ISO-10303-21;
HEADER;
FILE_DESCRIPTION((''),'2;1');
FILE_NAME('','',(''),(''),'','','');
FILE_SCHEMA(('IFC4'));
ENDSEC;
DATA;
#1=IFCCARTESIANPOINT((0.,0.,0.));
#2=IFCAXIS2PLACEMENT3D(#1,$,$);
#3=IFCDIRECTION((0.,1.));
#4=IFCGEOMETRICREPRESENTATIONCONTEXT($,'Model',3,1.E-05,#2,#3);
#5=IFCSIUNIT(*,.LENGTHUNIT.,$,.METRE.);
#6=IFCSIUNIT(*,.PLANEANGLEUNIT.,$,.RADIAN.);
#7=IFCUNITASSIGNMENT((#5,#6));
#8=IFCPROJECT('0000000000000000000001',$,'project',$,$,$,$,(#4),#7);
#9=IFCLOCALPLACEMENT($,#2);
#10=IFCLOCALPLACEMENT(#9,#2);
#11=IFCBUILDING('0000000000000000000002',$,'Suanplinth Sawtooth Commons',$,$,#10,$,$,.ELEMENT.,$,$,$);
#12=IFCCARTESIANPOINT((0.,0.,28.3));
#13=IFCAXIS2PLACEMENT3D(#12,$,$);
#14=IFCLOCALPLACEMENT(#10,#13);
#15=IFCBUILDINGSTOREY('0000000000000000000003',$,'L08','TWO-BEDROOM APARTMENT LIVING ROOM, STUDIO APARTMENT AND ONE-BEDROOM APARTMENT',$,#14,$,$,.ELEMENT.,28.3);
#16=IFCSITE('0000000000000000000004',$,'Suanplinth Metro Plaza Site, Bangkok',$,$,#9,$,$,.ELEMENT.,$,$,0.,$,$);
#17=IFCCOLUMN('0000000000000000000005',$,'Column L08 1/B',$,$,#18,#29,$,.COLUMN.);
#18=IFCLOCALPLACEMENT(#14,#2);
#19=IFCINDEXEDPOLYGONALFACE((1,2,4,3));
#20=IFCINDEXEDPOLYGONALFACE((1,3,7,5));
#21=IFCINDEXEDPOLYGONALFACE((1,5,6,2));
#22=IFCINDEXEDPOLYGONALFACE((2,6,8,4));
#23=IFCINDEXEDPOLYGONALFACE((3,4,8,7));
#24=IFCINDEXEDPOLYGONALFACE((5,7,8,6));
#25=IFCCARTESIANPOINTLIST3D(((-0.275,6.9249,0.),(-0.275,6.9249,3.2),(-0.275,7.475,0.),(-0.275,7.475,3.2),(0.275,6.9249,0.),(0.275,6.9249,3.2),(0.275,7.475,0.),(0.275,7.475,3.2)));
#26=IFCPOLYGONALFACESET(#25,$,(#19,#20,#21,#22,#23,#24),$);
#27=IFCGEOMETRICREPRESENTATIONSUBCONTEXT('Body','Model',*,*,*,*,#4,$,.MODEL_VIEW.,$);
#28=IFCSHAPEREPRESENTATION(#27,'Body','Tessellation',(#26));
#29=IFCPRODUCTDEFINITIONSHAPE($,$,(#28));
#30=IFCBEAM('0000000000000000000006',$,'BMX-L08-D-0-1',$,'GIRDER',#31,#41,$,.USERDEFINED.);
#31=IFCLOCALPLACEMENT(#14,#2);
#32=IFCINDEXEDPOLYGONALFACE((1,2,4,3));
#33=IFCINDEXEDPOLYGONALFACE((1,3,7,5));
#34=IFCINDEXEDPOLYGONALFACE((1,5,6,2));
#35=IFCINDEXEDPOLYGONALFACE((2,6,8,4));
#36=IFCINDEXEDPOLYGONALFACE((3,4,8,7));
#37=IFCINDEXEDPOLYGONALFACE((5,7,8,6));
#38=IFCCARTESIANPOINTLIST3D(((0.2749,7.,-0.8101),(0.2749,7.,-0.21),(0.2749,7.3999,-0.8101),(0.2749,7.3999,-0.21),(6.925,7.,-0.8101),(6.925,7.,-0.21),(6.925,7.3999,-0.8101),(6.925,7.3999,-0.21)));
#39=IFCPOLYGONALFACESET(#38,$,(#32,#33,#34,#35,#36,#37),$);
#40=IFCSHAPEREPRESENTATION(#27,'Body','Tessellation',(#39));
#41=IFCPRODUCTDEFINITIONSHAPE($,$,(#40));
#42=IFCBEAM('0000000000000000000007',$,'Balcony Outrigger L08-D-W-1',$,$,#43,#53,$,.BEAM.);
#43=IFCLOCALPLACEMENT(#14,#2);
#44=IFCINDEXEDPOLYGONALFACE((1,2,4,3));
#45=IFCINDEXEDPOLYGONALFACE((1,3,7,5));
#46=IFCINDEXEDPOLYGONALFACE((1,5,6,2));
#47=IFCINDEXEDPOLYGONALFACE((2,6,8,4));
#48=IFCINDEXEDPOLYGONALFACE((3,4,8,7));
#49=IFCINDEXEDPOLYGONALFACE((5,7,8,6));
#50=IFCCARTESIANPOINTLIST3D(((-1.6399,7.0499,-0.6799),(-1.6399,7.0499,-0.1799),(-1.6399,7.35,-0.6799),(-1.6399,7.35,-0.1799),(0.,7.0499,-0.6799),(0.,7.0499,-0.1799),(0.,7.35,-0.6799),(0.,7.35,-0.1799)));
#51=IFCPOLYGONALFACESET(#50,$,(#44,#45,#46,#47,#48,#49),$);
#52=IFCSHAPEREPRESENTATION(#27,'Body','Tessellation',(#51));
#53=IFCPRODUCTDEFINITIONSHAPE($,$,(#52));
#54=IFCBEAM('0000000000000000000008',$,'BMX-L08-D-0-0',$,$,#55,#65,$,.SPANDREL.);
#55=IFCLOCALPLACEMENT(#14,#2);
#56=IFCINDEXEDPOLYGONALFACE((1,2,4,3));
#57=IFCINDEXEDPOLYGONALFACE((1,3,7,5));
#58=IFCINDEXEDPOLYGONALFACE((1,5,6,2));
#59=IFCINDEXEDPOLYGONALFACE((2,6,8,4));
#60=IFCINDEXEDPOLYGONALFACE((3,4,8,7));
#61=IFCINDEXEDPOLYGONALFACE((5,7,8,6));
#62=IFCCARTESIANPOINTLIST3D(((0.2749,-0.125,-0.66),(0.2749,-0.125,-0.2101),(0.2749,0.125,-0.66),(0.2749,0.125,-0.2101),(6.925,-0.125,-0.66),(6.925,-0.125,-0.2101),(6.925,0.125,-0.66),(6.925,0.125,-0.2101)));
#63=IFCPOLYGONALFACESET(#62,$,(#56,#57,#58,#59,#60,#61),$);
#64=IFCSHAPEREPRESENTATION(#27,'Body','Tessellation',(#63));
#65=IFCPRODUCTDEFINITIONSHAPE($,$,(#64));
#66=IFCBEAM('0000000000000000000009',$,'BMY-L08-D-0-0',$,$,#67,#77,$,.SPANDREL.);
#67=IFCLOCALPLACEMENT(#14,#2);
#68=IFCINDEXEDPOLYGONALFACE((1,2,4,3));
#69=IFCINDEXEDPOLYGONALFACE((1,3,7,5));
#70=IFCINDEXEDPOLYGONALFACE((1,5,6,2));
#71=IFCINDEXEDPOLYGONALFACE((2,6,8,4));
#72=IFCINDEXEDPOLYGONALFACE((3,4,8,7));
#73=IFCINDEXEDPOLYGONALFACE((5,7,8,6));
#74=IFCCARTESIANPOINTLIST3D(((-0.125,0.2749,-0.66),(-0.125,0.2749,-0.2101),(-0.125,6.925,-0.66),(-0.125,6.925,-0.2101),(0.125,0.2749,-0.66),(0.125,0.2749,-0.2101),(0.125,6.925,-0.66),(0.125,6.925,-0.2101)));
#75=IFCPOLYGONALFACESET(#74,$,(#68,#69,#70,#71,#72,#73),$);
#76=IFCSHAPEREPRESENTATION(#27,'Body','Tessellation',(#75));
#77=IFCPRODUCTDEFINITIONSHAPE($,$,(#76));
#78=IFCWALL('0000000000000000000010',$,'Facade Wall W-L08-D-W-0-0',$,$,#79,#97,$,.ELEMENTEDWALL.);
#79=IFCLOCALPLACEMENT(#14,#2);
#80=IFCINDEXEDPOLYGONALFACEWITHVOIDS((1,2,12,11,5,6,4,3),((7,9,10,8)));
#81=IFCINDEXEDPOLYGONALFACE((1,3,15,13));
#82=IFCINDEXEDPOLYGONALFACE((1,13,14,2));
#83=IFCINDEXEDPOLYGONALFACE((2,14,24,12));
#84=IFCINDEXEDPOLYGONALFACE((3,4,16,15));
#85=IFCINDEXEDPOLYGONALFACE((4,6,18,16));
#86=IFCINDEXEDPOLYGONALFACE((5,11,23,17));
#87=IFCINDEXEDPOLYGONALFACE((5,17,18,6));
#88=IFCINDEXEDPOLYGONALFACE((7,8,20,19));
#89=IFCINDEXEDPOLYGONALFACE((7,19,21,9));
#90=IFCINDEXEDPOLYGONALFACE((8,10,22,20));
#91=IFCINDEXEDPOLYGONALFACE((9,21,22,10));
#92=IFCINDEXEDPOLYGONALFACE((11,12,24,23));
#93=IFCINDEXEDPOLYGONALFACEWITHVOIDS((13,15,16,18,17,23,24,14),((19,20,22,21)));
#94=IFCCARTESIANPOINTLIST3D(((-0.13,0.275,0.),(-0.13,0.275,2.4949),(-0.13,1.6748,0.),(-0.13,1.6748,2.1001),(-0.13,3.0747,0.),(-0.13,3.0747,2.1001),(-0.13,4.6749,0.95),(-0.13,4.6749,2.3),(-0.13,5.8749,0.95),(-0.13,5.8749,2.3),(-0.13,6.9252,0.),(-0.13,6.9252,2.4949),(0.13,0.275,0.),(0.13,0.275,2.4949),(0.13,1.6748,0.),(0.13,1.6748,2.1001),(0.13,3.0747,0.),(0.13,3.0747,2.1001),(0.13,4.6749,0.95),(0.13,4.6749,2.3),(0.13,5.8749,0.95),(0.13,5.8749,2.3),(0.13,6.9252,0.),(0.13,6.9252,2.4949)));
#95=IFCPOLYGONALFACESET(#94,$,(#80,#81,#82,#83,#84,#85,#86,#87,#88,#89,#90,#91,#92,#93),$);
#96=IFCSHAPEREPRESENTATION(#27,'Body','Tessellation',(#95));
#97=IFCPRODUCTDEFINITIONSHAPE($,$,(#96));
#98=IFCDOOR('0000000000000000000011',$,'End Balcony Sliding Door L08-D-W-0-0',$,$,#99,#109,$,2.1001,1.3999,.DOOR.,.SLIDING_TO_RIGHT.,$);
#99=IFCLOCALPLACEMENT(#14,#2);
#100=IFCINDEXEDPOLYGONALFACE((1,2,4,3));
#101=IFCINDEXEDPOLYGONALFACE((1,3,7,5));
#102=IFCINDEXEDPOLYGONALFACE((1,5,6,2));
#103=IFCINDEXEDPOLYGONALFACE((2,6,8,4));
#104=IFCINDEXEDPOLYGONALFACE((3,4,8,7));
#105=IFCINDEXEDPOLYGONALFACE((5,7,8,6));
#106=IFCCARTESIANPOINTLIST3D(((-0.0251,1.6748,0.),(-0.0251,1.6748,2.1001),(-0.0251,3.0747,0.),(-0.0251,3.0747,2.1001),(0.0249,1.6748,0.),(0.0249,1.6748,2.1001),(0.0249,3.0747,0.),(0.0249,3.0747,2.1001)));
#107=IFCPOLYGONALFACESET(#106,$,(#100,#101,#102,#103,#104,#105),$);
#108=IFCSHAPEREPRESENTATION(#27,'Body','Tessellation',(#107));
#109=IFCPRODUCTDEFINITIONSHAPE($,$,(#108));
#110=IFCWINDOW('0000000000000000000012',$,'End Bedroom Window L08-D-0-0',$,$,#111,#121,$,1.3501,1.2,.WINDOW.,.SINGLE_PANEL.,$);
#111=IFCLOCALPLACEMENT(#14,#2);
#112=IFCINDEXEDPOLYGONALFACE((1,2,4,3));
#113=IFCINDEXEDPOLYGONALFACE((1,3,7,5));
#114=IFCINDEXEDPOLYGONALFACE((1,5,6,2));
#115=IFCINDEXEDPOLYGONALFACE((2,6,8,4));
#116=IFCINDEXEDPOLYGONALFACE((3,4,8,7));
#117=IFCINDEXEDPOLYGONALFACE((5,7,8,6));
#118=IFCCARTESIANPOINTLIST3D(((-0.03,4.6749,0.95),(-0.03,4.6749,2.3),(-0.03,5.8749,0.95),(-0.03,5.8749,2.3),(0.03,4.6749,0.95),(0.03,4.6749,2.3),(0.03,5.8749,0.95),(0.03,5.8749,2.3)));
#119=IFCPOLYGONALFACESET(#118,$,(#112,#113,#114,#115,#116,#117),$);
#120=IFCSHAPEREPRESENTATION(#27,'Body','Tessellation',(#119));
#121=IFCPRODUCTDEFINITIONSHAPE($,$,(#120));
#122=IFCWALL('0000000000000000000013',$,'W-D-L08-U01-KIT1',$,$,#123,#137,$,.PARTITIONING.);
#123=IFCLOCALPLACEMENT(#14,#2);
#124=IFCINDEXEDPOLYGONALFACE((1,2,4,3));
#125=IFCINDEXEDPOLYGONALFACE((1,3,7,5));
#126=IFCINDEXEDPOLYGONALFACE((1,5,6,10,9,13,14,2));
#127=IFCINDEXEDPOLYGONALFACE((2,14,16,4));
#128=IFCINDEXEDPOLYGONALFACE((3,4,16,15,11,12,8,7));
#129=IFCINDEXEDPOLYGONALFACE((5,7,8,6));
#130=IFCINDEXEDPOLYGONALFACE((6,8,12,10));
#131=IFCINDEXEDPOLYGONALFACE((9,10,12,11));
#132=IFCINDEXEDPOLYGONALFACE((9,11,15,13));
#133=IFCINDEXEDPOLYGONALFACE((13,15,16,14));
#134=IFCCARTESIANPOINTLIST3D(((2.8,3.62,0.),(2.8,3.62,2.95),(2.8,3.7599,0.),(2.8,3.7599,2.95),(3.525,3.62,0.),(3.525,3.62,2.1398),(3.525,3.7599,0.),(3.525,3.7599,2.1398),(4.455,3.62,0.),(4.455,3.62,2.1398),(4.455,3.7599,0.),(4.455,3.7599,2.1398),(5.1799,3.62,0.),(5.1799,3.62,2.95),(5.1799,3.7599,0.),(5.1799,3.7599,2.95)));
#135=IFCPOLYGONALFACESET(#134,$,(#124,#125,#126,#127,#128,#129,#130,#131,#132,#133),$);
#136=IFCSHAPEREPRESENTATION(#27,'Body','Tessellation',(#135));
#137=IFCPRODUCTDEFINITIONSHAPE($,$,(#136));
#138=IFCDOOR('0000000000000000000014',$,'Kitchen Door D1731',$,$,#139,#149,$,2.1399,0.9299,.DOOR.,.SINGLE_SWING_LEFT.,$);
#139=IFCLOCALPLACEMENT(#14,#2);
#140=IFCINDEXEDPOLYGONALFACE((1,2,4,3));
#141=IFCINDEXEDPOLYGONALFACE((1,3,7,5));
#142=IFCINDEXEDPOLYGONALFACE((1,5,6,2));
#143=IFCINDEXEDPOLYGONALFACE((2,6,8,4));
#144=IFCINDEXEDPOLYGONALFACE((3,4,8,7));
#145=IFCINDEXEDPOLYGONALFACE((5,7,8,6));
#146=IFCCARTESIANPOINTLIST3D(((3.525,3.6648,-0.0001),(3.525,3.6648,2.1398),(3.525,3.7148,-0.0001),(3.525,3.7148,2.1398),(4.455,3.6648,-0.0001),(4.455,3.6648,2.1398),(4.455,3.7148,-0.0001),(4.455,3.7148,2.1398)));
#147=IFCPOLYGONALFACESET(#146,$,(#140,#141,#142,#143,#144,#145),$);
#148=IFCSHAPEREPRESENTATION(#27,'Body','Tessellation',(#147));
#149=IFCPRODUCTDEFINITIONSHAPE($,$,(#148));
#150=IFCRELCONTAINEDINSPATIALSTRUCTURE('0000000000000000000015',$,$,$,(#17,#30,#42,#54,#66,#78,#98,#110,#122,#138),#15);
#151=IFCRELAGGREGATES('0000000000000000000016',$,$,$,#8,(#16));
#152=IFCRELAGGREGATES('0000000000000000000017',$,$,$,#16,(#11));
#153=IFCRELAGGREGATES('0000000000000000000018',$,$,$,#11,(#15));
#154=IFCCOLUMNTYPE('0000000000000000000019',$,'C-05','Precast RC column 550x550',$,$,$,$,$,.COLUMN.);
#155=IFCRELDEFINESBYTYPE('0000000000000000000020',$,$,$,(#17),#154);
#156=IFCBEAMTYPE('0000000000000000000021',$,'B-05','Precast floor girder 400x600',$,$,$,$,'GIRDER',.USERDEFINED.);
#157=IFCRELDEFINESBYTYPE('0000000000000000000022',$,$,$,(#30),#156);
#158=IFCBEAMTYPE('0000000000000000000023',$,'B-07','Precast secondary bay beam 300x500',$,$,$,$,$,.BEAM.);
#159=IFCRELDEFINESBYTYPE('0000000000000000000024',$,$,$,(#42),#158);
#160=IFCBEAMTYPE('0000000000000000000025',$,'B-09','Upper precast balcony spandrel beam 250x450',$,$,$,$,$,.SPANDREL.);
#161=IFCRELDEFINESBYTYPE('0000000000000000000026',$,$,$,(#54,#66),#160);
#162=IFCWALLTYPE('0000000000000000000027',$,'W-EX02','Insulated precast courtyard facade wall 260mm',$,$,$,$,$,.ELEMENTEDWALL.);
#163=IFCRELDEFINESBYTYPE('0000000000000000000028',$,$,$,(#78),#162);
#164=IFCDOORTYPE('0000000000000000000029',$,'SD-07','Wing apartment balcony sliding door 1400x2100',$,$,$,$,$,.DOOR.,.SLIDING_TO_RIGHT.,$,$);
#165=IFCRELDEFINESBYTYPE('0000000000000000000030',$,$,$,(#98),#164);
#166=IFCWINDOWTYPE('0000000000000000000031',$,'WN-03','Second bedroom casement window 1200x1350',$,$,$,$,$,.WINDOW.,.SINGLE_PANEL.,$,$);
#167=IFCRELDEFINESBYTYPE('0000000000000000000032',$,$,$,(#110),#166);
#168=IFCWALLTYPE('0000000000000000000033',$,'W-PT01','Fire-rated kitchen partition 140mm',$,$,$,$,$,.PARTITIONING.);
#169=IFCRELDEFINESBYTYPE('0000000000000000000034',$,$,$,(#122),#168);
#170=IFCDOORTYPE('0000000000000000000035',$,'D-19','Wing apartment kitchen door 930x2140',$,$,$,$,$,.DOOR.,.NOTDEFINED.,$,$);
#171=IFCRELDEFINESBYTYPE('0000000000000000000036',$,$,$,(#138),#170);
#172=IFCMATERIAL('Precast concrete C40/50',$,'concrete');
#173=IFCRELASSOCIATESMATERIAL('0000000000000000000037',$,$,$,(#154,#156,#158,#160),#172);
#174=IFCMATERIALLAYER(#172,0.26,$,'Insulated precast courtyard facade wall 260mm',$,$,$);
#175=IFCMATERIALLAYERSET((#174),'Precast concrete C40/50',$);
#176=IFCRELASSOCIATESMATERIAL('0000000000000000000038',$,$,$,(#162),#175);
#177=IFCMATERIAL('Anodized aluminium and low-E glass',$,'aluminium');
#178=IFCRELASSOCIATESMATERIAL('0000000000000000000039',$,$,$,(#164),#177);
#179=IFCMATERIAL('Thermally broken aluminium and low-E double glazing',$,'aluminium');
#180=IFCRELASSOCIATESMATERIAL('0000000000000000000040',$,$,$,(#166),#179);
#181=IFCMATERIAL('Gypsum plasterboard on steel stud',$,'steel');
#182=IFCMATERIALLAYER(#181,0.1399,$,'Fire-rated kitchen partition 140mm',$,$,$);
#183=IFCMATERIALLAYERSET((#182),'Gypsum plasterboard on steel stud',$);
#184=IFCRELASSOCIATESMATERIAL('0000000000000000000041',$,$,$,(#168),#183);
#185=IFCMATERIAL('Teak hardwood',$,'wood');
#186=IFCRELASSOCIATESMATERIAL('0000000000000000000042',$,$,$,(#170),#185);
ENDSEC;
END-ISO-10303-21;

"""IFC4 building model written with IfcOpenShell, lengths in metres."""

from ifc_helpers import new_model, si_unit, direction, frame, frame_2d, origin, origin_2d, place, context, subcontext, project, spatial, rectangle, extrude, material, layer, layer_set, material_profile, profile_set, type_object, element, fill, save


model = new_model("IFC4")

# Units and contexts
model_context = context("Model", 3, precision=1e-05, world=origin(), true_north=direction((0.0, 1.0)))
body_context = subcontext(model_context, "Body", "Model", "MODEL_VIEW")
ifc_project = project(units=[si_unit("LENGTHUNIT", "METRE"), si_unit("PLANEANGLEUNIT", "RADIAN")], contexts=[model_context])

# Site, building, storey
site_placement = place(None, origin())
site = spatial("IfcSite", under=ifc_project, at=site_placement, Name="Suanplinth Metro Plaza Site, Bangkok", CompositionType="ELEMENT", RefElevation=0.0)
building_placement = place(site_placement, origin())
building = spatial("IfcBuilding", under=site, at=building_placement, Name="Suanplinth Sawtooth Commons", CompositionType="ELEMENT")
storey_placement = place(building_placement, frame((0.0, 0.0, 28.3)))
storey = spatial("IfcBuildingStorey", under=building, at=storey_placement, Name="L08", Description="TWO-BEDROOM APARTMENT LIVING ROOM, STUDIO APARTMENT AND ONE-BEDROOM APARTMENT", CompositionType="ELEMENT", Elevation=28.3)

# Column
ifc_material_1 = material(Name="Precast concrete C40/50", Category="concrete")
ifc_material_profile_1 = material_profile(ifc_material_1, rectangle(XDim=0.55, YDim=0.55, at=origin_2d()), Name="PC-COL 550x550")
ifc_profile_set_1 = profile_set([ifc_material_profile_1], Name="Precast concrete C40/50")
column_type = type_object("IfcColumnType", Name="C-05", Description="Precast RC column 550x550", PredefinedType="COLUMN", material=ifc_profile_set_1)
column_placement = place(storey_placement, frame((0.0, 7.2, 0.0), z_axis=(0.0, 0.0, 1.0), x_axis=(1.0, 0.0, 0.0)))
element("IfcColumn", 1, at=column_placement, inside=storey, type_object=column_type, Name="Column L08 1/B", PredefinedType="COLUMN", context=body_context, shape_type="SweptSolid", body=[
    extrude(rectangle(XDim=0.55, YDim=0.55, at=origin_2d()), origin(), (0.0, 0.0, 1.0), 3.2),
])

# Beams
ifc_material_profile_2 = material_profile(ifc_material_1, rectangle(XDim=0.3999, YDim=0.6001, at=origin_2d()), Name="PC-GDR 400x600")
ifc_profile_set_2 = profile_set([ifc_material_profile_2], Name="Precast concrete C40/50")
beam_type_1 = type_object("IfcBeamType", Name="B-05", Description="Precast floor girder 400x600", ElementType="GIRDER", PredefinedType="USERDEFINED", material=ifc_profile_set_2)
beam_1_placement = place(storey_placement, frame((0.2749, 7.2, -0.51), z_axis=(1.0, 0.0, 0.0), x_axis=(0.0, 1.0, 0.0)))
element("IfcBeam", 2, at=beam_1_placement, inside=storey, type_object=beam_type_1, Name="BMX-L08-D-0-1", ObjectType="GIRDER", PredefinedType="USERDEFINED", context=body_context, shape_type="SweptSolid", body=[
    extrude(rectangle(XDim=0.3999, YDim=0.6001, at=origin_2d()), origin(), (0.0, 0.0, 1.0), 6.6501),
])
ifc_material_profile_3 = material_profile(ifc_material_1, rectangle(XDim=0.3, YDim=0.5, at=origin_2d()), Name="PC-BM 300x500")
ifc_profile_set_3 = profile_set([ifc_material_profile_3], Name="Precast concrete C40/50")
beam_type_2 = type_object("IfcBeamType", Name="B-07", Description="Precast secondary bay beam 300x500", PredefinedType="BEAM", material=ifc_profile_set_3)
beam_2_placement = place(storey_placement, frame((0.0, 7.2, -0.4299), z_axis=(-1.0, 0.0, 0.0), x_axis=(0.0, -1.0, 0.0)))
element("IfcBeam", 3, at=beam_2_placement, inside=storey, type_object=beam_type_2, Name="Balcony Outrigger L08-D-W-1", PredefinedType="BEAM", context=body_context, shape_type="SweptSolid", body=[
    extrude(rectangle(XDim=0.3, YDim=0.5, at=origin_2d()), origin(), (0.0, 0.0, 1.0), 1.6399),
])
ifc_material_profile_4 = material_profile(ifc_material_1, rectangle(XDim=0.25, YDim=0.45, at=origin_2d()), Name="PC-SP 250x450")
ifc_profile_set_4 = profile_set([ifc_material_profile_4], Name="Precast concrete C40/50")
beam_type_3 = type_object("IfcBeamType", Name="B-09", Description="Upper precast balcony spandrel beam 250x450", PredefinedType="SPANDREL", material=ifc_profile_set_4)
for number, where, z_axis, x_axis, name in (
    (4, (0.2749, 0.0, -0.4351), (1.0, 0.0, 0.0), (0.0, 1.0, 0.0), "BMX-L08-D-0-0"),
    (5, (0.0, 0.2749, -0.4351), (0.0, 1.0, 0.0), (-1.0, 0.0, 0.0), "BMY-L08-D-0-0"),
):
    element("IfcBeam", number, at=place(storey_placement, frame(where, z_axis=z_axis, x_axis=x_axis)), inside=storey, type_object=beam_type_3, Name=name, PredefinedType="SPANDREL", context=body_context, shape_type="SweptSolid", body=[
        extrude(rectangle(XDim=0.25, YDim=0.45, at=origin_2d()), origin(), (0.0, 0.0, 1.0), 6.6501),
    ])

# Wall, openings, door, window
ifc_layer_1 = layer(ifc_material_1, 0.26, Name="Insulated precast courtyard facade wall 260mm")
ifc_layer_set_1 = layer_set([ifc_layer_1], Name="Precast concrete C40/50")
wall_type_1 = type_object("IfcWallType", Name="W-EX02", Description="Insulated precast courtyard facade wall 260mm", PredefinedType="ELEMENTEDWALL", material=ifc_layer_set_1)
ifc_material_2 = material(Name="Anodized aluminium and low-E glass", Category="aluminium")
ifc_material_3 = material(Name="Thermally broken aluminium and low-E double glazing", Category="aluminium")
wall_1_placement = place(storey_placement, frame((0.0, 0.2749, 0.0), z_axis=(0.0, 0.0, 1.0), x_axis=(0.0, 1.0, 0.0)))
wall_1 = element("IfcWall", 6, at=wall_1_placement, inside=storey, type_object=wall_type_1, Name="Facade Wall W-L08-D-W-0-0", PredefinedType="ELEMENTEDWALL", context=body_context, shape_type="SweptSolid", body=[
    extrude(rectangle(XDim=6.6501, YDim=0.26, at=frame_2d((3.3252, 0.0))), origin(), (0.0, 0.0, 1.0), 2.4949),
])
opening_1_placement = place(wall_1_placement, frame((1.3999, 0.0, 0.0)))
opening_1 = element("IfcOpeningElement", 7, at=opening_1_placement, cuts=wall_1, PredefinedType="OPENING", context=body_context, shape_type="SweptSolid", body=[
    extrude(rectangle(XDim=1.3999, YDim=2.1001, at=frame_2d((0.7, 1.05))), frame((0.0, 0.145, 0.0), z_axis=(0.0, -1.0, 0.0), x_axis=(1.0, 0.0, 0.0)), (0.0, 0.0, 1.0), 0.2898),
])
opening_2_placement = place(wall_1_placement, frame((4.3999, 0.0, 0.95)))
opening_2 = element("IfcOpeningElement", 8, at=opening_2_placement, cuts=wall_1, PredefinedType="OPENING", context=body_context, shape_type="SweptSolid", body=[
    extrude(rectangle(XDim=1.2, YDim=1.3501, at=frame_2d((0.6001, 0.675))), frame((0.0, 0.145, 0.0), z_axis=(0.0, -1.0, 0.0), x_axis=(1.0, 0.0, 0.0)), (0.0, 0.0, 1.0), 0.2898),
])
door_type_1 = type_object("IfcDoorType", Name="SD-07", Description="Wing apartment balcony sliding door 1400x2100", OperationType="SLIDING_TO_RIGHT", PredefinedType="DOOR", material=ifc_material_2)
door_1_placement = place(opening_1_placement, frame((1.3999, 0.0, 0.0), z_axis=(0.0, 0.0, 1.0), x_axis=(-1.0, 0.0, 0.0)))
door_1 = element("IfcDoor", 9, at=door_1_placement, inside=storey, type_object=door_type_1, Name="End Balcony Sliding Door L08-D-W-0-0", OperationType="SLIDING_TO_RIGHT", OverallHeight=2.1001, OverallWidth=1.3999, PredefinedType="DOOR", context=body_context, shape_type="SweptSolid", body=[
    extrude(rectangle(XDim=1.3999, YDim=2.1001, at=frame_2d((0.7, 1.05))), frame((0.0, 0.0249, 0.0), z_axis=(0.0, -1.0, 0.0), x_axis=(1.0, 0.0, 0.0)), (0.0, 0.0, 1.0), 0.05),
])
fill(opening_1, door_1)
window_type_1 = type_object("IfcWindowType", Name="WN-03", Description="Second bedroom casement window 1200x1350", PartitioningType="SINGLE_PANEL", PredefinedType="WINDOW", material=ifc_material_3)
window_1_placement = place(opening_2_placement, origin())
window_1 = element("IfcWindow", 10, at=window_1_placement, inside=storey, type_object=window_type_1, Name="End Bedroom Window L08-D-0-0", OverallHeight=1.3501, OverallWidth=1.2, PartitioningType="SINGLE_PANEL", PredefinedType="WINDOW", context=body_context, shape_type="SweptSolid", body=[
    extrude(rectangle(XDim=1.2, YDim=1.3501, at=frame_2d((0.6001, 0.675))), frame((0.0, 0.03, 0.0), z_axis=(0.0, -1.0, 0.0), x_axis=(1.0, 0.0, 0.0)), (0.0, 0.0, 1.0), 0.0601),
])
fill(opening_2, window_1)

# Wall, opening, door
ifc_material_4 = material(Name="Gypsum plasterboard on steel stud", Category="steel")
ifc_layer_2 = layer(ifc_material_4, 0.1399, Name="Fire-rated kitchen partition 140mm")
ifc_layer_set_2 = layer_set([ifc_layer_2], Name="Gypsum plasterboard on steel stud")
wall_type_2 = type_object("IfcWallType", Name="W-PT01", Description="Fire-rated kitchen partition 140mm", PredefinedType="PARTITIONING", material=ifc_layer_set_2)
wall_2_placement = place(storey_placement, frame((2.8, 3.6899, 0.0), z_axis=(0.0, 0.0, 1.0), x_axis=(1.0, 0.0, 0.0)))
wall_2 = element("IfcWall", 11, at=wall_2_placement, inside=storey, type_object=wall_type_2, Name="W-D-L08-U01-KIT1", PredefinedType="PARTITIONING", context=body_context, shape_type="SweptSolid", body=[
    extrude(rectangle(XDim=2.3799, YDim=0.1399, at=frame_2d((1.1899, 0.0))), origin(), (0.0, 0.0, 1.0), 2.95),
])
opening_3_placement = place(wall_2_placement, frame((0.7251, 0.0, 0.0)))
opening_3 = element("IfcOpeningElement", 12, at=opening_3_placement, cuts=wall_2, PredefinedType="OPENING", context=body_context, shape_type="SweptSolid", body=[
    extrude(rectangle(XDim=0.9299, YDim=2.1399, at=frame_2d((0.4648, 1.0698))), frame((0.0, 0.085, 0.0), z_axis=(0.0, -1.0, 0.0), x_axis=(1.0, 0.0, 0.0)), (0.0, 0.0, 1.0), 0.1697),
])
ifc_material_5 = material(Name="Teak hardwood", Category="wood")
door_type_2 = type_object("IfcDoorType", Name="D-19", Description="Wing apartment kitchen door 930x2140", OperationType="NOTDEFINED", PredefinedType="DOOR", material=ifc_material_5)
door_2_placement = place(opening_3_placement, origin())
door_2 = element("IfcDoor", 13, at=door_2_placement, inside=storey, type_object=door_type_2, Name="Kitchen Door D1731", OperationType="SINGLE_SWING_LEFT", OverallHeight=2.1399, OverallWidth=0.9299, PredefinedType="DOOR", context=body_context, shape_type="SweptSolid", body=[
    extrude(rectangle(XDim=0.9299, YDim=2.1399, at=frame_2d((0.4648, 1.0698))), frame((0.0, 0.0249, 0.0), z_axis=(0.0, -1.0, 0.0), x_axis=(1.0, 0.0, 0.0)), (0.0, 0.0, 1.0), 0.05),
])
fill(opening_3, door_2)

save(model, "model.ifc")
